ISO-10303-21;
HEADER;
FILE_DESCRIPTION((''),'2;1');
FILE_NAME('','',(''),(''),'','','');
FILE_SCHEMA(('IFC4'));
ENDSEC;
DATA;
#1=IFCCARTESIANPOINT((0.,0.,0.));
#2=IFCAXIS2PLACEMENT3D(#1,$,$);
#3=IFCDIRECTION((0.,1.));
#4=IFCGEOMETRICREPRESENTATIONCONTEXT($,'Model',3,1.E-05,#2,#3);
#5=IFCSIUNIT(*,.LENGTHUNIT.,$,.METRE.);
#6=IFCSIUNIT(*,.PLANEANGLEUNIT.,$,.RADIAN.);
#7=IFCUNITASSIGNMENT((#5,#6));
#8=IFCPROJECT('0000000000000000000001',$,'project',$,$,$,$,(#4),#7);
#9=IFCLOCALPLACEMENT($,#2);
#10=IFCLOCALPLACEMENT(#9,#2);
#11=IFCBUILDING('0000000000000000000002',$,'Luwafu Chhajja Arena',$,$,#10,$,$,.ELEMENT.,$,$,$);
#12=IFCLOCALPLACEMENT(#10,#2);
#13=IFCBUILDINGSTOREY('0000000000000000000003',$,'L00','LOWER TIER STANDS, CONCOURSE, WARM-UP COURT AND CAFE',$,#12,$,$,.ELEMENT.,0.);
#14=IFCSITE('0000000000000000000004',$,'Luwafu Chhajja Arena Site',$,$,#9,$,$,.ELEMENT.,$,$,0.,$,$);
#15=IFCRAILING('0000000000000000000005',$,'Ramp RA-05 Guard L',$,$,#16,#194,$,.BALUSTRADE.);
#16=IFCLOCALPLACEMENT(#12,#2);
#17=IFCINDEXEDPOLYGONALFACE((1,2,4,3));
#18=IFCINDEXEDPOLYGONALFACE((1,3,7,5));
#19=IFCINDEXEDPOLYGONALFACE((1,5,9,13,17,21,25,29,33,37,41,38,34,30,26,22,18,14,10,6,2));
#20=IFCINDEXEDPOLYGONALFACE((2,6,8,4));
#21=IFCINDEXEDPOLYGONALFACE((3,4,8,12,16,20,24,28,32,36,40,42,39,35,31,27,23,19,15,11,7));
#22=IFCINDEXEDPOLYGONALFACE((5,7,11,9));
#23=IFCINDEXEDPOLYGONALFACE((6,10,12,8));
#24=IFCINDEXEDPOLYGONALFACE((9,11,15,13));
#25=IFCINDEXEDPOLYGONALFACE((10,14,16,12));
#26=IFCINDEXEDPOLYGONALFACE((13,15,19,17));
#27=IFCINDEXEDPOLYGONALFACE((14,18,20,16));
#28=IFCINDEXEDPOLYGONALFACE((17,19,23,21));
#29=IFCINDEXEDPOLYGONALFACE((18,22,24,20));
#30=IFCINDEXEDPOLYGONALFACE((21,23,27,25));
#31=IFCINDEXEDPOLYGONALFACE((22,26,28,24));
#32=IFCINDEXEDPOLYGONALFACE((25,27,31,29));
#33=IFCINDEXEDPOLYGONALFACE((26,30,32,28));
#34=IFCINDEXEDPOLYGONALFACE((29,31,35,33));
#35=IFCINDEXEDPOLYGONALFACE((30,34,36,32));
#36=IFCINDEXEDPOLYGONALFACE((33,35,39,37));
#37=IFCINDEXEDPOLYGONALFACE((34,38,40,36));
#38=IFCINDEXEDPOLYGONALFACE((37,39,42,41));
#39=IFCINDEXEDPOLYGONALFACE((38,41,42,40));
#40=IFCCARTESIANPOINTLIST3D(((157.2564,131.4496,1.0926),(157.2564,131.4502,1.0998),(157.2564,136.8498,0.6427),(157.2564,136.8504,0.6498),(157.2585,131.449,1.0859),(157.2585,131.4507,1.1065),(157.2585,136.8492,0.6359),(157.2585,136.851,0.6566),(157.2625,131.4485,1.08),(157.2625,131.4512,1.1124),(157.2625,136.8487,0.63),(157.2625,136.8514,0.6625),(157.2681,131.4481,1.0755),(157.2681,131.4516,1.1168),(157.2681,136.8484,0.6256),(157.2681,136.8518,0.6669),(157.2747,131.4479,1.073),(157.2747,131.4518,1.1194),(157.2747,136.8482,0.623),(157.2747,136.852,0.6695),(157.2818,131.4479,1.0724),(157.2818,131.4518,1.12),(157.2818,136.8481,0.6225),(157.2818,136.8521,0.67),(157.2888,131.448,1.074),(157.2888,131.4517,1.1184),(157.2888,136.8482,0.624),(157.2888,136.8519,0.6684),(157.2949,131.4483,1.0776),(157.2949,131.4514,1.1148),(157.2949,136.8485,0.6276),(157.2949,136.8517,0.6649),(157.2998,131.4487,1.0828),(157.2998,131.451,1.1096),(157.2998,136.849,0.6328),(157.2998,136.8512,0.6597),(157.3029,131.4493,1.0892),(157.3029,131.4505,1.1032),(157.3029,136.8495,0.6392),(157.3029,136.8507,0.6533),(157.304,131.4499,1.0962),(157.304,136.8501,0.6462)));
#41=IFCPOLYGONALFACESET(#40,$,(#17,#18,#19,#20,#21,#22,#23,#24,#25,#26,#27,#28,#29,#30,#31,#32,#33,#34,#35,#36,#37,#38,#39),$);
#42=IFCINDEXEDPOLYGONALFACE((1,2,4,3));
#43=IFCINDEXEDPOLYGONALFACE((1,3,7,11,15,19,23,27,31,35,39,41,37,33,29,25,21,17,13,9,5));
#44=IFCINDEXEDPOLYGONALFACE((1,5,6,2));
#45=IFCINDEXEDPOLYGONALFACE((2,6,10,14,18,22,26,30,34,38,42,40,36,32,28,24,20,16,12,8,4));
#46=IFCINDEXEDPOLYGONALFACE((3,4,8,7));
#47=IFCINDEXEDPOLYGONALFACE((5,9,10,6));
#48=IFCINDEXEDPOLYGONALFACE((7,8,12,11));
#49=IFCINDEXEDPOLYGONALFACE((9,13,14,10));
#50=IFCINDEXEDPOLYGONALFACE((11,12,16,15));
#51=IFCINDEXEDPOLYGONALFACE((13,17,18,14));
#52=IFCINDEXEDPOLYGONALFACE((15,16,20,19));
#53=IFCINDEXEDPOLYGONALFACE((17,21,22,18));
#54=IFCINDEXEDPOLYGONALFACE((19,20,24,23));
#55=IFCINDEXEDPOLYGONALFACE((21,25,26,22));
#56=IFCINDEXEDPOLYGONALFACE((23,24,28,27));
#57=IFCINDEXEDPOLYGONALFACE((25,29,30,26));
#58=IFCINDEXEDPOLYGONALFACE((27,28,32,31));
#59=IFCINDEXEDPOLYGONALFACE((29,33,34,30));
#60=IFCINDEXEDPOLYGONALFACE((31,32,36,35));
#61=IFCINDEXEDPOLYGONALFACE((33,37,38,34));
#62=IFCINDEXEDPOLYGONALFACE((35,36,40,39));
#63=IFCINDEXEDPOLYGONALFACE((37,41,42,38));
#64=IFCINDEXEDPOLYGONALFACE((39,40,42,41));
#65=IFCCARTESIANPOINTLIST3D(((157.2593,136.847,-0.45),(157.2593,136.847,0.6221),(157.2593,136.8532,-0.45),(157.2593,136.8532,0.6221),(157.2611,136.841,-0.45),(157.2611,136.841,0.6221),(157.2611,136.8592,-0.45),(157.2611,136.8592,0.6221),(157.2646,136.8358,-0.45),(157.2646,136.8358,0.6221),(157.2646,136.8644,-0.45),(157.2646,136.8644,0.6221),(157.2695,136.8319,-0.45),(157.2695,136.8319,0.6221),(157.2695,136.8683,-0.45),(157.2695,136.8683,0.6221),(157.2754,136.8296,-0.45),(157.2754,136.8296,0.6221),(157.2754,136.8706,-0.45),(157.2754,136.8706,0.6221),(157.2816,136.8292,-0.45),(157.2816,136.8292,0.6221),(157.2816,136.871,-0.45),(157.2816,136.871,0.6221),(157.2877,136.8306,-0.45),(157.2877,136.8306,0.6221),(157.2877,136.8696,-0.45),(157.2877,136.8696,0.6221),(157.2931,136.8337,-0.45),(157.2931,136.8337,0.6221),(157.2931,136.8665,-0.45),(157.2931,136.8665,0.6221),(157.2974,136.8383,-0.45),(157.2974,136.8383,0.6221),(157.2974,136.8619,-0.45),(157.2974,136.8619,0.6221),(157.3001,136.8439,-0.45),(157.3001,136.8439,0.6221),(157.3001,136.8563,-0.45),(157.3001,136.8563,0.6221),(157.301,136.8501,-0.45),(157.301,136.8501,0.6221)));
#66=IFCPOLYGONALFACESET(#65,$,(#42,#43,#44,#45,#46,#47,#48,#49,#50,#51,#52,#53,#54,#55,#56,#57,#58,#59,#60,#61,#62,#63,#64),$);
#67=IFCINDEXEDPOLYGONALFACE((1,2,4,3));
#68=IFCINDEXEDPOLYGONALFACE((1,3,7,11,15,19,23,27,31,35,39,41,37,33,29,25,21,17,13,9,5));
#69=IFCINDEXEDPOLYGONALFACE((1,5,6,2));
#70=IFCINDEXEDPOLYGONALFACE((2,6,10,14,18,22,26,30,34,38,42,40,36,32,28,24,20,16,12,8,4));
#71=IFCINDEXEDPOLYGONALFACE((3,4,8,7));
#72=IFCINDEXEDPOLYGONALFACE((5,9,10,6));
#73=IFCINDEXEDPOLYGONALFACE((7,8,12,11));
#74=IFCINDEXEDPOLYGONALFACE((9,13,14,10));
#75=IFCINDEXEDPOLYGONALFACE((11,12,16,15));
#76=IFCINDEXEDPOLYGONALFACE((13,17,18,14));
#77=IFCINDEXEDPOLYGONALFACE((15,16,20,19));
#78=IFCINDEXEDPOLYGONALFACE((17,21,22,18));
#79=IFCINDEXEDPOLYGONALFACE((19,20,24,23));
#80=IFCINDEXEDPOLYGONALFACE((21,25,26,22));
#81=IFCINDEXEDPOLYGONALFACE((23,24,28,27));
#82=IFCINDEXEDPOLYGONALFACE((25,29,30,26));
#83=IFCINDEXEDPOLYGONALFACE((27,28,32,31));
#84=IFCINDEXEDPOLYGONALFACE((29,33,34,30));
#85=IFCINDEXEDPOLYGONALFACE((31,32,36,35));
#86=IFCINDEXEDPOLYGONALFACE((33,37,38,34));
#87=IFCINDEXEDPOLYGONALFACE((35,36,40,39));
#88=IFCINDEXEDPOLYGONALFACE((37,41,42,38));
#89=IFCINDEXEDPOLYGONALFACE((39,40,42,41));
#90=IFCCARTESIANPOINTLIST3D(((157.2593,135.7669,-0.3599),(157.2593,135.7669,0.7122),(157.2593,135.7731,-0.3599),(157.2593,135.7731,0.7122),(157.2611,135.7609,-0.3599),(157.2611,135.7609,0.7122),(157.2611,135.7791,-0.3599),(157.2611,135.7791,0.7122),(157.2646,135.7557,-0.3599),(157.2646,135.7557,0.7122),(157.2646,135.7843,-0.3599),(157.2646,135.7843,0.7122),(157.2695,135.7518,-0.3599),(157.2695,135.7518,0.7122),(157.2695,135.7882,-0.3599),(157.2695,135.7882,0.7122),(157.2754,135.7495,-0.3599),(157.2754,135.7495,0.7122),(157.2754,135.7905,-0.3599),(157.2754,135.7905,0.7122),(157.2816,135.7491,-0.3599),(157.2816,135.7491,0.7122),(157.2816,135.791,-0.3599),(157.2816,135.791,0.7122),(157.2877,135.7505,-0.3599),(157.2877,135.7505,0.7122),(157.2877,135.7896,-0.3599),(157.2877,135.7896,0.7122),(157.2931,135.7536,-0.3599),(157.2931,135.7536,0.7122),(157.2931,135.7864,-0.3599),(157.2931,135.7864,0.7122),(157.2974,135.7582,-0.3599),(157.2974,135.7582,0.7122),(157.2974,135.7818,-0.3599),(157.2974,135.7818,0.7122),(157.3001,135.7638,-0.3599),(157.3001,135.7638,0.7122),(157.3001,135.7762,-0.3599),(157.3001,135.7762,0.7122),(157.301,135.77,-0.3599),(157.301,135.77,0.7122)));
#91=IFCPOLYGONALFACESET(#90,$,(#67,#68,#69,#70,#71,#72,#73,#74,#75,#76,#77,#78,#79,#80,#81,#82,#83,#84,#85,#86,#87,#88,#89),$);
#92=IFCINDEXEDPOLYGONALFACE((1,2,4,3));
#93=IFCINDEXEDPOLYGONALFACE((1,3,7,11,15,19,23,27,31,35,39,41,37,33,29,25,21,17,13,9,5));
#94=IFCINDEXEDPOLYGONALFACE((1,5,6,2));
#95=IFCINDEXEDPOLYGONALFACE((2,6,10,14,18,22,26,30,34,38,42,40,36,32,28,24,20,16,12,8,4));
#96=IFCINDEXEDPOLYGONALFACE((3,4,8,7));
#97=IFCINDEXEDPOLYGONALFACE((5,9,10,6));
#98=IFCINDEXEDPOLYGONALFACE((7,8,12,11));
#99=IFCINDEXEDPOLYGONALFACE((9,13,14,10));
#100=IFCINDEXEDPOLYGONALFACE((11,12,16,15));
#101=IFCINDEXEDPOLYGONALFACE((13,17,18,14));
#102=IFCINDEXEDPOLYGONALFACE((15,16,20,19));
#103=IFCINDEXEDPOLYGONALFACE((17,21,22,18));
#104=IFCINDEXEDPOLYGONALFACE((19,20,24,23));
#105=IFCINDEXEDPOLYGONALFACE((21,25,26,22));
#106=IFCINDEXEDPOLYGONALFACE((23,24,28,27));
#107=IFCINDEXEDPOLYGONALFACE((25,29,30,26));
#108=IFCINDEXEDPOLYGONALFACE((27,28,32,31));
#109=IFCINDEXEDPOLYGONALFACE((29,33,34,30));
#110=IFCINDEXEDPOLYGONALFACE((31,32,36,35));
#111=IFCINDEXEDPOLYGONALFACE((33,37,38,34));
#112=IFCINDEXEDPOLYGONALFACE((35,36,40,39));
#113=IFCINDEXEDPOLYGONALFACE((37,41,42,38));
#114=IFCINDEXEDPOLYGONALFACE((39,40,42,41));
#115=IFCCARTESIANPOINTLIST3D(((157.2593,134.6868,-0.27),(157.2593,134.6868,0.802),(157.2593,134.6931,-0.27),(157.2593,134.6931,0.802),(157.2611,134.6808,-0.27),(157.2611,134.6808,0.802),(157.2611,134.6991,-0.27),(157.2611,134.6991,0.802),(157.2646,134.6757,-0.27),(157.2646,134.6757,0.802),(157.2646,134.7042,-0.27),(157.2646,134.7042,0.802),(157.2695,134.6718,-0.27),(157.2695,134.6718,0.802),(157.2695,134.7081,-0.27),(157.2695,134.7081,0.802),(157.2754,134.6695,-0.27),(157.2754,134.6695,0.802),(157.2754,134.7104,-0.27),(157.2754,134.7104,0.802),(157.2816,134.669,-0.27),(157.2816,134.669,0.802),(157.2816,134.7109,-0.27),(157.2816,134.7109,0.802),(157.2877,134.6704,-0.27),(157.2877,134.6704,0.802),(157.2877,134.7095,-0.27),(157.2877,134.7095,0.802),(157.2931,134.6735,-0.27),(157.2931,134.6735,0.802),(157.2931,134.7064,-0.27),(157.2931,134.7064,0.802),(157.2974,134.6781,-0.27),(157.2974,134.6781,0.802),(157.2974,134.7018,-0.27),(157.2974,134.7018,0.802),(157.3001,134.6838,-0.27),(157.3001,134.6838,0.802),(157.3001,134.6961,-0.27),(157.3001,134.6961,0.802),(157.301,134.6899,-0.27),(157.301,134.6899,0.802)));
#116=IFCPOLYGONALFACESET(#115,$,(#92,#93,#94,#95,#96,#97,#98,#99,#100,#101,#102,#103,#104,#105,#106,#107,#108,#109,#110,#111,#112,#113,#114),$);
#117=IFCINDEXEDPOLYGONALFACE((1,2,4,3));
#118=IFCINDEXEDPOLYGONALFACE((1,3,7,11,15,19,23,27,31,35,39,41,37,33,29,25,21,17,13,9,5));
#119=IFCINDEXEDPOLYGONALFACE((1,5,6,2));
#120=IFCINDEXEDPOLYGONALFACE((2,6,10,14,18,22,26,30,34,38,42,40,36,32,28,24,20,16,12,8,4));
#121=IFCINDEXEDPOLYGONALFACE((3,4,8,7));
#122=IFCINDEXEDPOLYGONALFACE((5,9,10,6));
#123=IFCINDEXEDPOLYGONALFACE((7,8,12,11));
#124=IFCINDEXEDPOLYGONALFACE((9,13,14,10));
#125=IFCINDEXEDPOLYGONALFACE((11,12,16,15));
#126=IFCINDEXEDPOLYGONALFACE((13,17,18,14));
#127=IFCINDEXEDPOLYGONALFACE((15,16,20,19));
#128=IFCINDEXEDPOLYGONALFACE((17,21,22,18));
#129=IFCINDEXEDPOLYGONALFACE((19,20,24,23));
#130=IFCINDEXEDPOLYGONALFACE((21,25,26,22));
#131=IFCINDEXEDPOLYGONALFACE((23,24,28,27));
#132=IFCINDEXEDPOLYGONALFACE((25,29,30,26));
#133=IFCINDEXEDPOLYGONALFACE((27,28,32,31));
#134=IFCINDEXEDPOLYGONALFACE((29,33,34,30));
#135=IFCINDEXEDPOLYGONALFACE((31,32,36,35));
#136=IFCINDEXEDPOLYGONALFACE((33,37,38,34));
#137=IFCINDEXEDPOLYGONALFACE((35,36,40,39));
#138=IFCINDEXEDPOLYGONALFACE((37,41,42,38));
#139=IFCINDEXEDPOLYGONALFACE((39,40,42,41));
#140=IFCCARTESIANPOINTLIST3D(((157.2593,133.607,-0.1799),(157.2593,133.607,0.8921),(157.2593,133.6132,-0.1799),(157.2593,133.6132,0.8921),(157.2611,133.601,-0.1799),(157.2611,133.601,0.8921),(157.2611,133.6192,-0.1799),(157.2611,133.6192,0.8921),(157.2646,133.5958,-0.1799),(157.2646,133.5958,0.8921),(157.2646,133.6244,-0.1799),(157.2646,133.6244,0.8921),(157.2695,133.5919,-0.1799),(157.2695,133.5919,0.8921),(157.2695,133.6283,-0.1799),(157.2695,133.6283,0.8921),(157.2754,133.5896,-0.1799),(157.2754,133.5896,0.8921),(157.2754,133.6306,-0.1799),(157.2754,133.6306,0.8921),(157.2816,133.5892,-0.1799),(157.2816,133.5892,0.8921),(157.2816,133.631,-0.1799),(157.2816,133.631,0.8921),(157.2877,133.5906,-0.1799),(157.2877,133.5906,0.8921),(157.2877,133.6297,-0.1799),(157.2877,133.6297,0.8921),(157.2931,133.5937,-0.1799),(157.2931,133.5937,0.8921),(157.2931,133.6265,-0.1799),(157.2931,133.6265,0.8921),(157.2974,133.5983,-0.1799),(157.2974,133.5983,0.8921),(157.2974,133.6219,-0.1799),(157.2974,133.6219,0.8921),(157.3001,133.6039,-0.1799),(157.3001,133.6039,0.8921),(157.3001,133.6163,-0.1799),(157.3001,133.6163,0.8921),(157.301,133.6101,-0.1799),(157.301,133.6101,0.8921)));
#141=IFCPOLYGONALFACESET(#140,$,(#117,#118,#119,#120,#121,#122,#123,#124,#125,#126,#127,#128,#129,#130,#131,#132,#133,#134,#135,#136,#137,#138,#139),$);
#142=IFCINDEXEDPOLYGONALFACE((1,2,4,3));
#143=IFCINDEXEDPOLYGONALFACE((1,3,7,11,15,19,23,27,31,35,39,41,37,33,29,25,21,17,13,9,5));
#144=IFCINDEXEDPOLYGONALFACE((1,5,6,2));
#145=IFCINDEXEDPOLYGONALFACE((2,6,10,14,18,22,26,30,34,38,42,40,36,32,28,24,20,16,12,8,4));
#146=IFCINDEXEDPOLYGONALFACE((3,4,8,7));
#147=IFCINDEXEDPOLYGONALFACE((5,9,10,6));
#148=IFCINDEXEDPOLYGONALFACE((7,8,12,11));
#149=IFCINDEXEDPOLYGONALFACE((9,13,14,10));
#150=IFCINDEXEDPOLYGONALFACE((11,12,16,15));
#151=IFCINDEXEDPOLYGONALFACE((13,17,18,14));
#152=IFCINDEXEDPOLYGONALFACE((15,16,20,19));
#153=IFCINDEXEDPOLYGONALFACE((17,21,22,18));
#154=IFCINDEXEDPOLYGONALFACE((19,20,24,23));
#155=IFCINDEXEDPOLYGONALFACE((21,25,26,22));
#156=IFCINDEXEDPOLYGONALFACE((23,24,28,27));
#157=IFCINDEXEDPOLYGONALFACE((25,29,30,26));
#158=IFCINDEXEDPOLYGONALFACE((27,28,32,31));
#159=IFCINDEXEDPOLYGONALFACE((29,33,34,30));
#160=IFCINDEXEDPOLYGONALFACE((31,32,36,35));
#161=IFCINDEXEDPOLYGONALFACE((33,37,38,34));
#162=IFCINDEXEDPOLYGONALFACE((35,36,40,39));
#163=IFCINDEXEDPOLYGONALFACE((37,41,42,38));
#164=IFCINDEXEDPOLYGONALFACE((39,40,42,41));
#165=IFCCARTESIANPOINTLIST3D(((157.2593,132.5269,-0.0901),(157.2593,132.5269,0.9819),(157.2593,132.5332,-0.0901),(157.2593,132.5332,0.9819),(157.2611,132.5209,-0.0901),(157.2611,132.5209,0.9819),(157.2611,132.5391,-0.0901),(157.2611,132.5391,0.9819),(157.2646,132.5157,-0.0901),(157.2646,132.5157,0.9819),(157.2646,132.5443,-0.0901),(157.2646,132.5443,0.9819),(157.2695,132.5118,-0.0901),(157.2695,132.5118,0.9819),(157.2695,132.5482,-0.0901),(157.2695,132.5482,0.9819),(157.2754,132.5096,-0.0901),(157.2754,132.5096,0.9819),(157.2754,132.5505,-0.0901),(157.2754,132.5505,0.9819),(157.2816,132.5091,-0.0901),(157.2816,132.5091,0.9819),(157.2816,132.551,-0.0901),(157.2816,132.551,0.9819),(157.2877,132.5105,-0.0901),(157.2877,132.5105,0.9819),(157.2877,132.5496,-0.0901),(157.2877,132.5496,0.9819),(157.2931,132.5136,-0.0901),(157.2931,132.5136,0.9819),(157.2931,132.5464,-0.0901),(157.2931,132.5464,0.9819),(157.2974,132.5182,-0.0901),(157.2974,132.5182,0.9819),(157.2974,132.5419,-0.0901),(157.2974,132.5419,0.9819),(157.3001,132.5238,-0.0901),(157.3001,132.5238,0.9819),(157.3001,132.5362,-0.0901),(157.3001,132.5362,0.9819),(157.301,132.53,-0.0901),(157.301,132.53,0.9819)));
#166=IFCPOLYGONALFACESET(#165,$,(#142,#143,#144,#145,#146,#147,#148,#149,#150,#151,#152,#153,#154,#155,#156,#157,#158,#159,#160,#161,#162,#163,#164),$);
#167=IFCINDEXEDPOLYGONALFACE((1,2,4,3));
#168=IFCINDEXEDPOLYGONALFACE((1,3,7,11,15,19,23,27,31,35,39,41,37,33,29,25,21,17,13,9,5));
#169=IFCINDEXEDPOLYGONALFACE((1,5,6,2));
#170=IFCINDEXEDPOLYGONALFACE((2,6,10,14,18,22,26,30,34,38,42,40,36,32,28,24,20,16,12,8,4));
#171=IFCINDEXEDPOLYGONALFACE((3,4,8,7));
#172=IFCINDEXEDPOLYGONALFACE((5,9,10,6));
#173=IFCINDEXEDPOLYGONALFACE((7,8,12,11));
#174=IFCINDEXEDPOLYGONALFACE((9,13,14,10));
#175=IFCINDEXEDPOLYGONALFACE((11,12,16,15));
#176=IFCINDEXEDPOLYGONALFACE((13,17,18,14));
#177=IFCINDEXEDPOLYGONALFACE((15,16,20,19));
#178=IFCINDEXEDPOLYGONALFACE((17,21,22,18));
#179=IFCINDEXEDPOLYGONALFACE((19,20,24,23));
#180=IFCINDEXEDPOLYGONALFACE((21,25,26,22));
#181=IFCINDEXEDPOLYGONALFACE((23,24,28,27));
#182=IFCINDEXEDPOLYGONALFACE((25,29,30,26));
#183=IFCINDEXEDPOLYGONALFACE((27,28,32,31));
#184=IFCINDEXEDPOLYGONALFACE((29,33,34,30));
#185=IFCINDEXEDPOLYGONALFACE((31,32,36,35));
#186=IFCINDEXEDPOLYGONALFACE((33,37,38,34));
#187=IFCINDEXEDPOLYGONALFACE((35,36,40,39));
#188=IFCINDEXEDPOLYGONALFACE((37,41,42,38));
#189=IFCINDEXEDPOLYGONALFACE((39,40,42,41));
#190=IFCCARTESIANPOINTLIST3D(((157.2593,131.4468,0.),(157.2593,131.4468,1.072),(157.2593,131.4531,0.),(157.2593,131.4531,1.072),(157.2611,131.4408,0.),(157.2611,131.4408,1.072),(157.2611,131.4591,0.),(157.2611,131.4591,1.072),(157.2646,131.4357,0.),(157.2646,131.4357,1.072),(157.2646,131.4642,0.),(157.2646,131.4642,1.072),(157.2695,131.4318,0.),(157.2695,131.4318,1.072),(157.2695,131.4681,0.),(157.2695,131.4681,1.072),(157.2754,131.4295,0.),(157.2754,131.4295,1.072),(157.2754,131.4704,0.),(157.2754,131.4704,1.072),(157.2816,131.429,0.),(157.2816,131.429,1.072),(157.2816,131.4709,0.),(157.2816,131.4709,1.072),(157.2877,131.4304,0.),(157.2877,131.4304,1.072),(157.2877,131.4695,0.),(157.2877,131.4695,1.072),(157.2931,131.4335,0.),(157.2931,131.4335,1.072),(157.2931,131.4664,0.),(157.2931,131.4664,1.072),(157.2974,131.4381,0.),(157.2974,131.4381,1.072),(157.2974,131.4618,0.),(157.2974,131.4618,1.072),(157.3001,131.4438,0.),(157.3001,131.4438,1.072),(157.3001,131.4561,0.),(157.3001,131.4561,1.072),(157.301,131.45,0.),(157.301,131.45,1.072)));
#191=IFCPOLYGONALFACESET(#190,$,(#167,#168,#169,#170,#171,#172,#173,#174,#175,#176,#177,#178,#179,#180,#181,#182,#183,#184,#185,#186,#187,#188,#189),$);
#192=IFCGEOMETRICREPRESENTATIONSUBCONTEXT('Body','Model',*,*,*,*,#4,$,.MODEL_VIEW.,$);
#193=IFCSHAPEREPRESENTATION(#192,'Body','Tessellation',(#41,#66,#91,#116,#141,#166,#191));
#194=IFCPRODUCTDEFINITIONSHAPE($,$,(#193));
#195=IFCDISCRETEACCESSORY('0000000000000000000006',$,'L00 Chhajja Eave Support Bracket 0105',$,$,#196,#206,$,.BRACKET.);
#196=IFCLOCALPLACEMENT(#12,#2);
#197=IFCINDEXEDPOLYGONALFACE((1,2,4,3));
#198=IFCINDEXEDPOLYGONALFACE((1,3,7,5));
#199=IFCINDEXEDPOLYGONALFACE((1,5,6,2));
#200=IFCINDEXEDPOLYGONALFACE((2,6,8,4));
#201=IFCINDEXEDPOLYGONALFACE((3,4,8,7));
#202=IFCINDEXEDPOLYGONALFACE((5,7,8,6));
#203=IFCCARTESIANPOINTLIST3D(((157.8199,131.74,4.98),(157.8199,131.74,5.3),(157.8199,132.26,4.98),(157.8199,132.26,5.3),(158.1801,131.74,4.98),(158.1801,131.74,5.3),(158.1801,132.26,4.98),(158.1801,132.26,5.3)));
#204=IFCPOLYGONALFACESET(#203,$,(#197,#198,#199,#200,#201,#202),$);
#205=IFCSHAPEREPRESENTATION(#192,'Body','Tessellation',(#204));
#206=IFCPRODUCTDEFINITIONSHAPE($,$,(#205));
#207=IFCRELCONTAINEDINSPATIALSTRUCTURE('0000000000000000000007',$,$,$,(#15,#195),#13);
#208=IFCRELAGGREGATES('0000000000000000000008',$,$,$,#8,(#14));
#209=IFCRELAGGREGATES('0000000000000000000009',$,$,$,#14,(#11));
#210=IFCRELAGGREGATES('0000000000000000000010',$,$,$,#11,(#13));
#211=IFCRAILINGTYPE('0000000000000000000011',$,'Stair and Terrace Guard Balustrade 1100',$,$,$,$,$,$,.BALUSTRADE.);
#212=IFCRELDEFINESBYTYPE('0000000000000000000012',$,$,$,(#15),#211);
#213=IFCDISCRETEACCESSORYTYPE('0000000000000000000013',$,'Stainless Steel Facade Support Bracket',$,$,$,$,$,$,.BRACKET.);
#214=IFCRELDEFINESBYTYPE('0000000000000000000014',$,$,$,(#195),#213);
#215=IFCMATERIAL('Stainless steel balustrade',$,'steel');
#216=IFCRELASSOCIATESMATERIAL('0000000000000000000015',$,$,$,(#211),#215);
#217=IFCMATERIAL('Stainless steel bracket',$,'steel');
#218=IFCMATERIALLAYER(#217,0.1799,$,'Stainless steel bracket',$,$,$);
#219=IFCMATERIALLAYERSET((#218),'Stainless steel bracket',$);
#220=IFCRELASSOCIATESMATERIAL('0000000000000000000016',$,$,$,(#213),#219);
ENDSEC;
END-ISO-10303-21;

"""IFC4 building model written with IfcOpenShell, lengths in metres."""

from ifc_helpers import new_model, si_unit, direction, frame, origin, origin_2d, place, context, subcontext, project, spatial, rectangle, circle, extrude, material, layer, layer_set, type_object, element, save


model = new_model("IFC4")

# Units and contexts
model_context = context("Model", 3, precision=1e-05, world=origin(), true_north=direction((0.0, 1.0)))
body_context = subcontext(model_context, "Body", "Model", "MODEL_VIEW")
ifc_project = project(units=[si_unit("LENGTHUNIT", "METRE"), si_unit("PLANEANGLEUNIT", "RADIAN")], contexts=[model_context])

# Site, building, storey
site_placement = place(None, origin())
site = spatial("IfcSite", under=ifc_project, at=site_placement, Name="Luwafu Chhajja Arena Site", CompositionType="ELEMENT", RefElevation=0.0)
building_placement = place(site_placement, origin())
building = spatial("IfcBuilding", under=site, at=building_placement, Name="Luwafu Chhajja Arena", CompositionType="ELEMENT")
storey_placement = place(building_placement, origin())
storey = spatial("IfcBuildingStorey", under=building, at=storey_placement, Name="L00", Description="LOWER TIER STANDS, CONCOURSE, WARM-UP COURT AND CAFE", CompositionType="ELEMENT", Elevation=0.0)

# Railing
ifc_material_1 = material(Name="Stainless steel balustrade", Category="steel")
railing_type = type_object("IfcRailingType", Name="Stair and Terrace Guard Balustrade 1100", PredefinedType="BALUSTRADE", material=ifc_material_1)
railing_placement = place(storey_placement, frame((157.28, 136.8501, -0.45)))
element("IfcRailing", 1, at=railing_placement, inside=storey, type_object=railing_type, Name="Ramp RA-05 Guard L", PredefinedType="BALUSTRADE", context=body_context, shape_type="SweptSolid", body=[
    extrude(circle(Radius=0.0239, at=origin_2d()), frame((0.0, 0.0, 1.0962), z_axis=(0.0, -0.996547, 0.083034), x_axis=(1.0, 0.0, 0.0)), (0.0, 0.0, 1.0), 5.4189),
    extrude(circle(Radius=0.021, at=origin_2d()), origin(), (0.0, 0.0, 1.0), 1.072),
    extrude(circle(Radius=0.021, at=origin_2d()), frame((0.0, -1.0801, 0.0901)), (0.0, 0.0, 1.0), 1.072),
    extrude(circle(Radius=0.021, at=origin_2d()), frame((0.0, -2.1602, 0.1799)), (0.0, 0.0, 1.0), 1.072),
    extrude(circle(Radius=0.021, at=origin_2d()), frame((0.0, -3.24, 0.27)), (0.0, 0.0, 1.0), 1.072),
    extrude(circle(Radius=0.021, at=origin_2d()), frame((0.0, -4.3201, 0.3599)), (0.0, 0.0, 1.0), 1.072),
    extrude(circle(Radius=0.021, at=origin_2d()), frame((0.0, -5.4001, 0.45)), (0.0, 0.0, 1.0), 1.072),
])

# Discrete accessory
ifc_material_2 = material(Name="Stainless steel bracket", Category="steel")
ifc_layer_1 = layer(ifc_material_2, 0.1799, Name="Stainless steel bracket")
ifc_layer_set_1 = layer_set([ifc_layer_1], Name="Stainless steel bracket")
discrete_accessory_type = type_object("IfcDiscreteAccessoryType", Name="Stainless Steel Facade Support Bracket", PredefinedType="BRACKET", material=ifc_layer_set_1)
discrete_accessory_placement = place(storey_placement, frame((158.0, 132.0, 4.98), z_axis=(0.0, 0.0, 1.0), x_axis=(1.0, 0.0, 0.0)))
element("IfcDiscreteAccessory", 2, at=discrete_accessory_placement, inside=storey, type_object=discrete_accessory_type, Name="L00 Chhajja Eave Support Bracket 0105", PredefinedType="BRACKET", context=body_context, shape_type="SweptSolid", body=[
    extrude(rectangle(XDim=0.3601, YDim=0.52, at=origin_2d()), origin(), (0.0, 0.0, 1.0), 0.3201),
])

save(model, "model.ifc")
